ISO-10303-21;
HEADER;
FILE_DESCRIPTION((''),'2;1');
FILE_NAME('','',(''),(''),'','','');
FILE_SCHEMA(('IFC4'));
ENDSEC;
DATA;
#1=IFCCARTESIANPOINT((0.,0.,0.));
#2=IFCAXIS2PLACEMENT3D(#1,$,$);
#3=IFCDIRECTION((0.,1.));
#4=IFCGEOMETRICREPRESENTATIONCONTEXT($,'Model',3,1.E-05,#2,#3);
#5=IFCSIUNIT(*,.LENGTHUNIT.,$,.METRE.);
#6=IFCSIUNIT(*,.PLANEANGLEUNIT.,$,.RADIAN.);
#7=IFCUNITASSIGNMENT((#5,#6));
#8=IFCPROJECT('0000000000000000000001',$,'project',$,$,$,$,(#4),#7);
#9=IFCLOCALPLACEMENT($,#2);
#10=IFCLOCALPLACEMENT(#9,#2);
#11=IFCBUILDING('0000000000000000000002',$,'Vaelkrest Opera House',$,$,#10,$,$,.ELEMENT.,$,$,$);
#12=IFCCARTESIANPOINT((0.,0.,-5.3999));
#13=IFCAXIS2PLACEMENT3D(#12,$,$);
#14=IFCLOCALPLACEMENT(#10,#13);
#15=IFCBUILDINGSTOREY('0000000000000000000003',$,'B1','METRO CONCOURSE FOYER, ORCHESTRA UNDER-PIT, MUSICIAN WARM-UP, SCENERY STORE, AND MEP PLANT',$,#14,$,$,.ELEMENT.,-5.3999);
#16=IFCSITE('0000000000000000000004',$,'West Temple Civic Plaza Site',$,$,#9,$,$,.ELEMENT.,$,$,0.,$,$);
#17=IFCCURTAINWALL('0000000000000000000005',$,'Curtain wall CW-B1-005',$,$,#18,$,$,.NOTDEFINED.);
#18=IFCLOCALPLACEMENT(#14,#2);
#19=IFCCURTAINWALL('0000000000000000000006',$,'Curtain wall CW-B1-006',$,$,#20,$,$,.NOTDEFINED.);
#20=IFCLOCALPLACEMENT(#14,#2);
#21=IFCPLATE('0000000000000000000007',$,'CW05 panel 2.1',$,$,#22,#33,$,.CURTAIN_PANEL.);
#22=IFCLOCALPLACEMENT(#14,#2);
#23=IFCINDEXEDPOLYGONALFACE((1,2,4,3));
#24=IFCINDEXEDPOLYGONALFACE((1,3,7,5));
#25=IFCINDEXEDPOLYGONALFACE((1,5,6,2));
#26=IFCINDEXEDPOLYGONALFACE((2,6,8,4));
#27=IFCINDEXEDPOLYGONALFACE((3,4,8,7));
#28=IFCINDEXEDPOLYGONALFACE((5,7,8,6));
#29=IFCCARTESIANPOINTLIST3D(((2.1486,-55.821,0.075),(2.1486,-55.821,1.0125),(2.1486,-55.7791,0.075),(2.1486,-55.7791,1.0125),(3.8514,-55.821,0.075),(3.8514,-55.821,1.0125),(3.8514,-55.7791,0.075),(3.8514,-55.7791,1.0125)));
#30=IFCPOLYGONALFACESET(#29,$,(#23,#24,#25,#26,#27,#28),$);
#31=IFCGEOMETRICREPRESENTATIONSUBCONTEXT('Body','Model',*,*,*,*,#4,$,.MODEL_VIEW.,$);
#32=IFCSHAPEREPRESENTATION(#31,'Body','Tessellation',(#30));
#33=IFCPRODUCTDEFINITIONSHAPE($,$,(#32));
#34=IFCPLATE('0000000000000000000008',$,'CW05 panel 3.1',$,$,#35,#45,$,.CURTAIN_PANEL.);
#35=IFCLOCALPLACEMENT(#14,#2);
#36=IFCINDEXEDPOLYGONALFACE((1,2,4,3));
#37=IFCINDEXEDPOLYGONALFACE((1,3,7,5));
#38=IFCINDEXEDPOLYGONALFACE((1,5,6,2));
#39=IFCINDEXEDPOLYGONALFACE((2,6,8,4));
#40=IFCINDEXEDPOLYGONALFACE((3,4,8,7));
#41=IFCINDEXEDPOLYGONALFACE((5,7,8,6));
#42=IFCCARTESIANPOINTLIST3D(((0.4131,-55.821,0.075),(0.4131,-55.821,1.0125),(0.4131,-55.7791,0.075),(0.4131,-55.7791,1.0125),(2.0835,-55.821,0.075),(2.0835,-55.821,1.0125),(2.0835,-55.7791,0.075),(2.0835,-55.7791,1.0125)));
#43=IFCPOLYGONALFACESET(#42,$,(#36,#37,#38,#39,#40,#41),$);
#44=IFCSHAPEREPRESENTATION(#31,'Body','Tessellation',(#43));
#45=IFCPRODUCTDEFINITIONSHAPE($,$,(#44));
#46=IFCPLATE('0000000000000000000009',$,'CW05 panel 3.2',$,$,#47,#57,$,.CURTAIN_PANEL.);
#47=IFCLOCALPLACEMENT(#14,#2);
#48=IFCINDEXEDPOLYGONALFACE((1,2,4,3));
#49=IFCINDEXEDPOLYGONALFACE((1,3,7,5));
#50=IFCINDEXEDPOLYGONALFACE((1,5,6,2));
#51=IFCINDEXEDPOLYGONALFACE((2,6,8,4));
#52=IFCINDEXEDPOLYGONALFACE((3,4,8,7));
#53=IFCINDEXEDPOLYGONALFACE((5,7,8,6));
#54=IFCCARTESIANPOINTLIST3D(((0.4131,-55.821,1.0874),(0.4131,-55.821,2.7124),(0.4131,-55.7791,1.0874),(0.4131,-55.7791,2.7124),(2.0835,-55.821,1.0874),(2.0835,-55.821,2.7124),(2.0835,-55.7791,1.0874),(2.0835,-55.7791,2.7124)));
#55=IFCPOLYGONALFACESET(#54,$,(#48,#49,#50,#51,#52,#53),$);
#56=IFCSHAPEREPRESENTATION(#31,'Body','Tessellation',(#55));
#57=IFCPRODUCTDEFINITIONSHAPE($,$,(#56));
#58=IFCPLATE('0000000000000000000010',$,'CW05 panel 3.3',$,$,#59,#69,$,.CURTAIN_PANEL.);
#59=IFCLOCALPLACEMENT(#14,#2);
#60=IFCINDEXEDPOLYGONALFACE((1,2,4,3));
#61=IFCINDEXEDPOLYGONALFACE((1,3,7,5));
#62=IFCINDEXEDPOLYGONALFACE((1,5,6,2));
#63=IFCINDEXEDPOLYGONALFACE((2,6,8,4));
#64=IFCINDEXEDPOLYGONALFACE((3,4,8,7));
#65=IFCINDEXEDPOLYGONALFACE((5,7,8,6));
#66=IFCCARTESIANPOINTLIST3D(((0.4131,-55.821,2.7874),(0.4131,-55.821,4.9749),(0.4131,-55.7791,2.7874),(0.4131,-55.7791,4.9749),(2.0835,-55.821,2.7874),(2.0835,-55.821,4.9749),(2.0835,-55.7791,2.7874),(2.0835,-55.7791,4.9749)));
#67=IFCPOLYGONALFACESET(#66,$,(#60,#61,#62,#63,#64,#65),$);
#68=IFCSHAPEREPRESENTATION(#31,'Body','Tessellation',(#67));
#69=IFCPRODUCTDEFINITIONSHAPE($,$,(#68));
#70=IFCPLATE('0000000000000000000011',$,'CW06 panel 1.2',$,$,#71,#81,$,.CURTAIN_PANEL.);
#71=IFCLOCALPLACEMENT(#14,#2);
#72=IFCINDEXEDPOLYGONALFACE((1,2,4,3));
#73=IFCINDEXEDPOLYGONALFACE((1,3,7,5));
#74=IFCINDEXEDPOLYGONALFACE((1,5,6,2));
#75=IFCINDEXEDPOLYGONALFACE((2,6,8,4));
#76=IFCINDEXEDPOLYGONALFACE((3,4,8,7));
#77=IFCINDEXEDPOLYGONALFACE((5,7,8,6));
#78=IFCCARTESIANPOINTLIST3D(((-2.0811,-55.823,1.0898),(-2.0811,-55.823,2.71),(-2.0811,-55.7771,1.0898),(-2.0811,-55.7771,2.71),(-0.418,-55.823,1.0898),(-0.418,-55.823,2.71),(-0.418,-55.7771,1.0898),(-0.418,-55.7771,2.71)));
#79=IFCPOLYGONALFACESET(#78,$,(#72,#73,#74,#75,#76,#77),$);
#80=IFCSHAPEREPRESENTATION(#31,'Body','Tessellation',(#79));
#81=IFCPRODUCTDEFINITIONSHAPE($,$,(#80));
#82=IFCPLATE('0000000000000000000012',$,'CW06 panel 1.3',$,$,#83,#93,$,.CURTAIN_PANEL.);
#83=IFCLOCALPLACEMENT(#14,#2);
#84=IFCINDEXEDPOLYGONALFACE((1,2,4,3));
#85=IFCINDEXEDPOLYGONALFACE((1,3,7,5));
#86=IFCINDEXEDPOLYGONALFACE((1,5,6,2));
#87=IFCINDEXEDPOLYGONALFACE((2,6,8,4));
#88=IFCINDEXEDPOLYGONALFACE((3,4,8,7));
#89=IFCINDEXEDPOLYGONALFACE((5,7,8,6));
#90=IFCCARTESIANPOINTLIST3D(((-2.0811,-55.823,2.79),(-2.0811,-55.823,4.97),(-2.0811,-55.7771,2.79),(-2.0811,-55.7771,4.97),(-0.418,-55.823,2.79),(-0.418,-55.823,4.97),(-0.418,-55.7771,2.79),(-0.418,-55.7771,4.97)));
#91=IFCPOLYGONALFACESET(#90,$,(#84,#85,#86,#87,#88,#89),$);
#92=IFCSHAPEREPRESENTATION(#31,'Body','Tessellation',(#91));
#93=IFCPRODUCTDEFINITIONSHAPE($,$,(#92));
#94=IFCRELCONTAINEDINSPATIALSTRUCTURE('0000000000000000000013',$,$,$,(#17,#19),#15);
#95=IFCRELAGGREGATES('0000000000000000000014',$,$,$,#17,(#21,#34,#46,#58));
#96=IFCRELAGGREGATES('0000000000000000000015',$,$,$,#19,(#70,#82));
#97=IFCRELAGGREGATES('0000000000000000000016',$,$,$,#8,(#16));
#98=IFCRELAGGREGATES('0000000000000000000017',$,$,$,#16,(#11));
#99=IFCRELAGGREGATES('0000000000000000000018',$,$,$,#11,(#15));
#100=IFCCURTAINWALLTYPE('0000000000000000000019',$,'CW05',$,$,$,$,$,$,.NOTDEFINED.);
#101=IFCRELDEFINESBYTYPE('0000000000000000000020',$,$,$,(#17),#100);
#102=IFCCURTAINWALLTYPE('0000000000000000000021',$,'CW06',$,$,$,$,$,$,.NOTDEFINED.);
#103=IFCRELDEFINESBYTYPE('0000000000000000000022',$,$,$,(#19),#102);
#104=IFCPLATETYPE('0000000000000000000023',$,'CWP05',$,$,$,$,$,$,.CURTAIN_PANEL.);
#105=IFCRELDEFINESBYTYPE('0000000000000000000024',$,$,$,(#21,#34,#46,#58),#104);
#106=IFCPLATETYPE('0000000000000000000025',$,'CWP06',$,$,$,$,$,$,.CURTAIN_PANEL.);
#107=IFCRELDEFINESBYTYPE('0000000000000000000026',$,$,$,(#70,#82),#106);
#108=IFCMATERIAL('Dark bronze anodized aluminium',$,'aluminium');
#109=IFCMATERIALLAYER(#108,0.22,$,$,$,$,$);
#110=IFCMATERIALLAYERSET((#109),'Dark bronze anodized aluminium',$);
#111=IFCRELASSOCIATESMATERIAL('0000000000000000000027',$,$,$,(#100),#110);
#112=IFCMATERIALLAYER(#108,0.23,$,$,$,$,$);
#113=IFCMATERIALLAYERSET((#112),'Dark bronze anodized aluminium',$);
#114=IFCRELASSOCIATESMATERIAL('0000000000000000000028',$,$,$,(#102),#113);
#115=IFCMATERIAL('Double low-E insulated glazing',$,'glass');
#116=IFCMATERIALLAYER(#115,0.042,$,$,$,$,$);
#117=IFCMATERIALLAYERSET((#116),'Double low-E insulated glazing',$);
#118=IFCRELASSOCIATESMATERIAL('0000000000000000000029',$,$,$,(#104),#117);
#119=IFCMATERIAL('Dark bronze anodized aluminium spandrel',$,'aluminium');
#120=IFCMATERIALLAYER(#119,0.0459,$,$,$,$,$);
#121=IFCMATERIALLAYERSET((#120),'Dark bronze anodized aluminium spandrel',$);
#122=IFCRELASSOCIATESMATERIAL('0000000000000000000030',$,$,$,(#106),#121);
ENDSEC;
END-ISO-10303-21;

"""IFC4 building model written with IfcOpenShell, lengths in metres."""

from ifc_helpers import new_model, si_unit, direction, frame, origin, origin_2d, place, context, subcontext, project, spatial, rectangle, extrude, material, layer, layer_set, type_object, element, aggregate, save


model = new_model("IFC4")

# Units and contexts
model_context = context("Model", 3, precision=1e-05, world=origin(), true_north=direction((0.0, 1.0)))
body_context = subcontext(model_context, "Body", "Model", "MODEL_VIEW")
ifc_project = project(units=[si_unit("LENGTHUNIT", "METRE"), si_unit("PLANEANGLEUNIT", "RADIAN")], contexts=[model_context])

# Site, building, storey
site_placement = place(None, origin())
site = spatial("IfcSite", under=ifc_project, at=site_placement, Name="West Temple Civic Plaza Site", CompositionType="ELEMENT", RefElevation=0.0)
building_placement = place(site_placement, origin())
building = spatial("IfcBuilding", under=site, at=building_placement, Name="Vaelkrest Opera House", CompositionType="ELEMENT")
storey_placement = place(building_placement, frame((0.0, 0.0, -5.3999)))
storey = spatial("IfcBuildingStorey", under=building, at=storey_placement, Name="B1", Description="METRO CONCOURSE FOYER, ORCHESTRA UNDER-PIT, MUSICIAN WARM-UP, SCENERY STORE, AND MEP PLANT", CompositionType="ELEMENT", Elevation=-5.3999)

# Curtain wall
ifc_material_1 = material(Name="Dark bronze anodized aluminium", Category="aluminium")
ifc_layer_1 = layer(ifc_material_1, 0.22)
ifc_layer_set_1 = layer_set([ifc_layer_1], Name="Dark bronze anodized aluminium")
curtain_wall_type_1 = type_object("IfcCurtainWallType", Name="CW05", PredefinedType="NOTDEFINED", material=ifc_layer_set_1)
curtain_wall_1_placement = place(storey_placement, origin())
curtain_wall_1 = element("IfcCurtainWall", 1, at=curtain_wall_1_placement, inside=storey, type_object=curtain_wall_type_1, Name="Curtain wall CW-B1-005", PredefinedType="NOTDEFINED")

# Curtain wall
ifc_layer_2 = layer(ifc_material_1, 0.23)
ifc_layer_set_2 = layer_set([ifc_layer_2], Name="Dark bronze anodized aluminium")
curtain_wall_type_2 = type_object("IfcCurtainWallType", Name="CW06", PredefinedType="NOTDEFINED", material=ifc_layer_set_2)
curtain_wall_2_placement = place(storey_placement, origin())
curtain_wall_2 = element("IfcCurtainWall", 2, at=curtain_wall_2_placement, inside=storey, type_object=curtain_wall_type_2, Name="Curtain wall CW-B1-006", PredefinedType="NOTDEFINED")

# Plates
ifc_material_2 = material(Name="Double low-E insulated glazing", Category="glass")
ifc_layer_3 = layer(ifc_material_2, 0.042)
ifc_layer_set_3 = layer_set([ifc_layer_3], Name="Double low-E insulated glazing")
plate_type_1 = type_object("IfcPlateType", Name="CWP05", PredefinedType="CURTAIN_PANEL", material=ifc_layer_set_3)
plate_1_placement = place(storey_placement, frame((3.0, -55.8, 0.075), z_axis=(0.0, 0.0, 1.0), x_axis=(-1.0, 0.0, 0.0)))
plate_1 = element("IfcPlate", 3, at=plate_1_placement, type_object=plate_type_1, Name="CW05 panel 2.1", PredefinedType="CURTAIN_PANEL", context=body_context, shape_type="SweptSolid", body=[
    extrude(rectangle(XDim=1.7029, YDim=0.042, at=origin_2d()), origin(), (0.0, 0.0, 1.0), 0.9375),
])
plate_2_placement = place(storey_placement, frame((1.2483, -55.8, 0.075), z_axis=(0.0, 0.0, 1.0), x_axis=(-1.0, 0.0, 0.0)))
plate_2 = element("IfcPlate", 4, at=plate_2_placement, type_object=plate_type_1, Name="CW05 panel 3.1", PredefinedType="CURTAIN_PANEL", context=body_context, shape_type="SweptSolid", body=[
    extrude(rectangle(XDim=1.6704, YDim=0.042, at=origin_2d()), origin(), (0.0, 0.0, 1.0), 0.9375),
])
plate_3_placement = place(storey_placement, frame((1.2483, -55.8, 1.0874), z_axis=(0.0, 0.0, 1.0), x_axis=(-1.0, 0.0, 0.0)))
plate_3 = element("IfcPlate", 5, at=plate_3_placement, type_object=plate_type_1, Name="CW05 panel 3.2", PredefinedType="CURTAIN_PANEL", context=body_context, shape_type="SweptSolid", body=[
    extrude(rectangle(XDim=1.6704, YDim=0.042, at=origin_2d()), origin(), (0.0, 0.0, 1.0), 1.625),
])
plate_4_placement = place(storey_placement, frame((1.2483, -55.8, 2.7874), z_axis=(0.0, 0.0, 1.0), x_axis=(-1.0, 0.0, 0.0)))
plate_4 = element("IfcPlate", 6, at=plate_4_placement, type_object=plate_type_1, Name="CW05 panel 3.3", PredefinedType="CURTAIN_PANEL", context=body_context, shape_type="SweptSolid", body=[
    extrude(rectangle(XDim=1.6704, YDim=0.042, at=origin_2d()), origin(), (0.0, 0.0, 1.0), 2.1875),
])
aggregate(curtain_wall_1, [plate_1, plate_2, plate_3, plate_4])
ifc_material_3 = material(Name="Dark bronze anodized aluminium spandrel", Category="aluminium")
ifc_layer_4 = layer(ifc_material_3, 0.0459)
ifc_layer_set_4 = layer_set([ifc_layer_4], Name="Dark bronze anodized aluminium spandrel")
plate_type_2 = type_object("IfcPlateType", Name="CWP06", PredefinedType="CURTAIN_PANEL", material=ifc_layer_set_4)
plate_5_placement = place(storey_placement, frame((-1.2495, -55.8, 1.0898), z_axis=(0.0, 0.0, 1.0), x_axis=(-1.0, 0.0, 0.0)))
plate_5 = element("IfcPlate", 7, at=plate_5_placement, type_object=plate_type_2, Name="CW06 panel 1.2", PredefinedType="CURTAIN_PANEL", context=body_context, shape_type="SweptSolid", body=[
    extrude(rectangle(XDim=1.6631, YDim=0.0459, at=origin_2d()), origin(), (0.0, 0.0, 1.0), 1.6201),
])
plate_6_placement = place(storey_placement, frame((-1.2495, -55.8, 2.79), z_axis=(0.0, 0.0, 1.0), x_axis=(-1.0, 0.0, 0.0)))
plate_6 = element("IfcPlate", 8, at=plate_6_placement, type_object=plate_type_2, Name="CW06 panel 1.3", PredefinedType="CURTAIN_PANEL", context=body_context, shape_type="SweptSolid", body=[
    extrude(rectangle(XDim=1.6631, YDim=0.0459, at=origin_2d()), origin(), (0.0, 0.0, 1.0), 2.1799),
])
aggregate(curtain_wall_2, [plate_5, plate_6])

save(model, "model.ifc")
